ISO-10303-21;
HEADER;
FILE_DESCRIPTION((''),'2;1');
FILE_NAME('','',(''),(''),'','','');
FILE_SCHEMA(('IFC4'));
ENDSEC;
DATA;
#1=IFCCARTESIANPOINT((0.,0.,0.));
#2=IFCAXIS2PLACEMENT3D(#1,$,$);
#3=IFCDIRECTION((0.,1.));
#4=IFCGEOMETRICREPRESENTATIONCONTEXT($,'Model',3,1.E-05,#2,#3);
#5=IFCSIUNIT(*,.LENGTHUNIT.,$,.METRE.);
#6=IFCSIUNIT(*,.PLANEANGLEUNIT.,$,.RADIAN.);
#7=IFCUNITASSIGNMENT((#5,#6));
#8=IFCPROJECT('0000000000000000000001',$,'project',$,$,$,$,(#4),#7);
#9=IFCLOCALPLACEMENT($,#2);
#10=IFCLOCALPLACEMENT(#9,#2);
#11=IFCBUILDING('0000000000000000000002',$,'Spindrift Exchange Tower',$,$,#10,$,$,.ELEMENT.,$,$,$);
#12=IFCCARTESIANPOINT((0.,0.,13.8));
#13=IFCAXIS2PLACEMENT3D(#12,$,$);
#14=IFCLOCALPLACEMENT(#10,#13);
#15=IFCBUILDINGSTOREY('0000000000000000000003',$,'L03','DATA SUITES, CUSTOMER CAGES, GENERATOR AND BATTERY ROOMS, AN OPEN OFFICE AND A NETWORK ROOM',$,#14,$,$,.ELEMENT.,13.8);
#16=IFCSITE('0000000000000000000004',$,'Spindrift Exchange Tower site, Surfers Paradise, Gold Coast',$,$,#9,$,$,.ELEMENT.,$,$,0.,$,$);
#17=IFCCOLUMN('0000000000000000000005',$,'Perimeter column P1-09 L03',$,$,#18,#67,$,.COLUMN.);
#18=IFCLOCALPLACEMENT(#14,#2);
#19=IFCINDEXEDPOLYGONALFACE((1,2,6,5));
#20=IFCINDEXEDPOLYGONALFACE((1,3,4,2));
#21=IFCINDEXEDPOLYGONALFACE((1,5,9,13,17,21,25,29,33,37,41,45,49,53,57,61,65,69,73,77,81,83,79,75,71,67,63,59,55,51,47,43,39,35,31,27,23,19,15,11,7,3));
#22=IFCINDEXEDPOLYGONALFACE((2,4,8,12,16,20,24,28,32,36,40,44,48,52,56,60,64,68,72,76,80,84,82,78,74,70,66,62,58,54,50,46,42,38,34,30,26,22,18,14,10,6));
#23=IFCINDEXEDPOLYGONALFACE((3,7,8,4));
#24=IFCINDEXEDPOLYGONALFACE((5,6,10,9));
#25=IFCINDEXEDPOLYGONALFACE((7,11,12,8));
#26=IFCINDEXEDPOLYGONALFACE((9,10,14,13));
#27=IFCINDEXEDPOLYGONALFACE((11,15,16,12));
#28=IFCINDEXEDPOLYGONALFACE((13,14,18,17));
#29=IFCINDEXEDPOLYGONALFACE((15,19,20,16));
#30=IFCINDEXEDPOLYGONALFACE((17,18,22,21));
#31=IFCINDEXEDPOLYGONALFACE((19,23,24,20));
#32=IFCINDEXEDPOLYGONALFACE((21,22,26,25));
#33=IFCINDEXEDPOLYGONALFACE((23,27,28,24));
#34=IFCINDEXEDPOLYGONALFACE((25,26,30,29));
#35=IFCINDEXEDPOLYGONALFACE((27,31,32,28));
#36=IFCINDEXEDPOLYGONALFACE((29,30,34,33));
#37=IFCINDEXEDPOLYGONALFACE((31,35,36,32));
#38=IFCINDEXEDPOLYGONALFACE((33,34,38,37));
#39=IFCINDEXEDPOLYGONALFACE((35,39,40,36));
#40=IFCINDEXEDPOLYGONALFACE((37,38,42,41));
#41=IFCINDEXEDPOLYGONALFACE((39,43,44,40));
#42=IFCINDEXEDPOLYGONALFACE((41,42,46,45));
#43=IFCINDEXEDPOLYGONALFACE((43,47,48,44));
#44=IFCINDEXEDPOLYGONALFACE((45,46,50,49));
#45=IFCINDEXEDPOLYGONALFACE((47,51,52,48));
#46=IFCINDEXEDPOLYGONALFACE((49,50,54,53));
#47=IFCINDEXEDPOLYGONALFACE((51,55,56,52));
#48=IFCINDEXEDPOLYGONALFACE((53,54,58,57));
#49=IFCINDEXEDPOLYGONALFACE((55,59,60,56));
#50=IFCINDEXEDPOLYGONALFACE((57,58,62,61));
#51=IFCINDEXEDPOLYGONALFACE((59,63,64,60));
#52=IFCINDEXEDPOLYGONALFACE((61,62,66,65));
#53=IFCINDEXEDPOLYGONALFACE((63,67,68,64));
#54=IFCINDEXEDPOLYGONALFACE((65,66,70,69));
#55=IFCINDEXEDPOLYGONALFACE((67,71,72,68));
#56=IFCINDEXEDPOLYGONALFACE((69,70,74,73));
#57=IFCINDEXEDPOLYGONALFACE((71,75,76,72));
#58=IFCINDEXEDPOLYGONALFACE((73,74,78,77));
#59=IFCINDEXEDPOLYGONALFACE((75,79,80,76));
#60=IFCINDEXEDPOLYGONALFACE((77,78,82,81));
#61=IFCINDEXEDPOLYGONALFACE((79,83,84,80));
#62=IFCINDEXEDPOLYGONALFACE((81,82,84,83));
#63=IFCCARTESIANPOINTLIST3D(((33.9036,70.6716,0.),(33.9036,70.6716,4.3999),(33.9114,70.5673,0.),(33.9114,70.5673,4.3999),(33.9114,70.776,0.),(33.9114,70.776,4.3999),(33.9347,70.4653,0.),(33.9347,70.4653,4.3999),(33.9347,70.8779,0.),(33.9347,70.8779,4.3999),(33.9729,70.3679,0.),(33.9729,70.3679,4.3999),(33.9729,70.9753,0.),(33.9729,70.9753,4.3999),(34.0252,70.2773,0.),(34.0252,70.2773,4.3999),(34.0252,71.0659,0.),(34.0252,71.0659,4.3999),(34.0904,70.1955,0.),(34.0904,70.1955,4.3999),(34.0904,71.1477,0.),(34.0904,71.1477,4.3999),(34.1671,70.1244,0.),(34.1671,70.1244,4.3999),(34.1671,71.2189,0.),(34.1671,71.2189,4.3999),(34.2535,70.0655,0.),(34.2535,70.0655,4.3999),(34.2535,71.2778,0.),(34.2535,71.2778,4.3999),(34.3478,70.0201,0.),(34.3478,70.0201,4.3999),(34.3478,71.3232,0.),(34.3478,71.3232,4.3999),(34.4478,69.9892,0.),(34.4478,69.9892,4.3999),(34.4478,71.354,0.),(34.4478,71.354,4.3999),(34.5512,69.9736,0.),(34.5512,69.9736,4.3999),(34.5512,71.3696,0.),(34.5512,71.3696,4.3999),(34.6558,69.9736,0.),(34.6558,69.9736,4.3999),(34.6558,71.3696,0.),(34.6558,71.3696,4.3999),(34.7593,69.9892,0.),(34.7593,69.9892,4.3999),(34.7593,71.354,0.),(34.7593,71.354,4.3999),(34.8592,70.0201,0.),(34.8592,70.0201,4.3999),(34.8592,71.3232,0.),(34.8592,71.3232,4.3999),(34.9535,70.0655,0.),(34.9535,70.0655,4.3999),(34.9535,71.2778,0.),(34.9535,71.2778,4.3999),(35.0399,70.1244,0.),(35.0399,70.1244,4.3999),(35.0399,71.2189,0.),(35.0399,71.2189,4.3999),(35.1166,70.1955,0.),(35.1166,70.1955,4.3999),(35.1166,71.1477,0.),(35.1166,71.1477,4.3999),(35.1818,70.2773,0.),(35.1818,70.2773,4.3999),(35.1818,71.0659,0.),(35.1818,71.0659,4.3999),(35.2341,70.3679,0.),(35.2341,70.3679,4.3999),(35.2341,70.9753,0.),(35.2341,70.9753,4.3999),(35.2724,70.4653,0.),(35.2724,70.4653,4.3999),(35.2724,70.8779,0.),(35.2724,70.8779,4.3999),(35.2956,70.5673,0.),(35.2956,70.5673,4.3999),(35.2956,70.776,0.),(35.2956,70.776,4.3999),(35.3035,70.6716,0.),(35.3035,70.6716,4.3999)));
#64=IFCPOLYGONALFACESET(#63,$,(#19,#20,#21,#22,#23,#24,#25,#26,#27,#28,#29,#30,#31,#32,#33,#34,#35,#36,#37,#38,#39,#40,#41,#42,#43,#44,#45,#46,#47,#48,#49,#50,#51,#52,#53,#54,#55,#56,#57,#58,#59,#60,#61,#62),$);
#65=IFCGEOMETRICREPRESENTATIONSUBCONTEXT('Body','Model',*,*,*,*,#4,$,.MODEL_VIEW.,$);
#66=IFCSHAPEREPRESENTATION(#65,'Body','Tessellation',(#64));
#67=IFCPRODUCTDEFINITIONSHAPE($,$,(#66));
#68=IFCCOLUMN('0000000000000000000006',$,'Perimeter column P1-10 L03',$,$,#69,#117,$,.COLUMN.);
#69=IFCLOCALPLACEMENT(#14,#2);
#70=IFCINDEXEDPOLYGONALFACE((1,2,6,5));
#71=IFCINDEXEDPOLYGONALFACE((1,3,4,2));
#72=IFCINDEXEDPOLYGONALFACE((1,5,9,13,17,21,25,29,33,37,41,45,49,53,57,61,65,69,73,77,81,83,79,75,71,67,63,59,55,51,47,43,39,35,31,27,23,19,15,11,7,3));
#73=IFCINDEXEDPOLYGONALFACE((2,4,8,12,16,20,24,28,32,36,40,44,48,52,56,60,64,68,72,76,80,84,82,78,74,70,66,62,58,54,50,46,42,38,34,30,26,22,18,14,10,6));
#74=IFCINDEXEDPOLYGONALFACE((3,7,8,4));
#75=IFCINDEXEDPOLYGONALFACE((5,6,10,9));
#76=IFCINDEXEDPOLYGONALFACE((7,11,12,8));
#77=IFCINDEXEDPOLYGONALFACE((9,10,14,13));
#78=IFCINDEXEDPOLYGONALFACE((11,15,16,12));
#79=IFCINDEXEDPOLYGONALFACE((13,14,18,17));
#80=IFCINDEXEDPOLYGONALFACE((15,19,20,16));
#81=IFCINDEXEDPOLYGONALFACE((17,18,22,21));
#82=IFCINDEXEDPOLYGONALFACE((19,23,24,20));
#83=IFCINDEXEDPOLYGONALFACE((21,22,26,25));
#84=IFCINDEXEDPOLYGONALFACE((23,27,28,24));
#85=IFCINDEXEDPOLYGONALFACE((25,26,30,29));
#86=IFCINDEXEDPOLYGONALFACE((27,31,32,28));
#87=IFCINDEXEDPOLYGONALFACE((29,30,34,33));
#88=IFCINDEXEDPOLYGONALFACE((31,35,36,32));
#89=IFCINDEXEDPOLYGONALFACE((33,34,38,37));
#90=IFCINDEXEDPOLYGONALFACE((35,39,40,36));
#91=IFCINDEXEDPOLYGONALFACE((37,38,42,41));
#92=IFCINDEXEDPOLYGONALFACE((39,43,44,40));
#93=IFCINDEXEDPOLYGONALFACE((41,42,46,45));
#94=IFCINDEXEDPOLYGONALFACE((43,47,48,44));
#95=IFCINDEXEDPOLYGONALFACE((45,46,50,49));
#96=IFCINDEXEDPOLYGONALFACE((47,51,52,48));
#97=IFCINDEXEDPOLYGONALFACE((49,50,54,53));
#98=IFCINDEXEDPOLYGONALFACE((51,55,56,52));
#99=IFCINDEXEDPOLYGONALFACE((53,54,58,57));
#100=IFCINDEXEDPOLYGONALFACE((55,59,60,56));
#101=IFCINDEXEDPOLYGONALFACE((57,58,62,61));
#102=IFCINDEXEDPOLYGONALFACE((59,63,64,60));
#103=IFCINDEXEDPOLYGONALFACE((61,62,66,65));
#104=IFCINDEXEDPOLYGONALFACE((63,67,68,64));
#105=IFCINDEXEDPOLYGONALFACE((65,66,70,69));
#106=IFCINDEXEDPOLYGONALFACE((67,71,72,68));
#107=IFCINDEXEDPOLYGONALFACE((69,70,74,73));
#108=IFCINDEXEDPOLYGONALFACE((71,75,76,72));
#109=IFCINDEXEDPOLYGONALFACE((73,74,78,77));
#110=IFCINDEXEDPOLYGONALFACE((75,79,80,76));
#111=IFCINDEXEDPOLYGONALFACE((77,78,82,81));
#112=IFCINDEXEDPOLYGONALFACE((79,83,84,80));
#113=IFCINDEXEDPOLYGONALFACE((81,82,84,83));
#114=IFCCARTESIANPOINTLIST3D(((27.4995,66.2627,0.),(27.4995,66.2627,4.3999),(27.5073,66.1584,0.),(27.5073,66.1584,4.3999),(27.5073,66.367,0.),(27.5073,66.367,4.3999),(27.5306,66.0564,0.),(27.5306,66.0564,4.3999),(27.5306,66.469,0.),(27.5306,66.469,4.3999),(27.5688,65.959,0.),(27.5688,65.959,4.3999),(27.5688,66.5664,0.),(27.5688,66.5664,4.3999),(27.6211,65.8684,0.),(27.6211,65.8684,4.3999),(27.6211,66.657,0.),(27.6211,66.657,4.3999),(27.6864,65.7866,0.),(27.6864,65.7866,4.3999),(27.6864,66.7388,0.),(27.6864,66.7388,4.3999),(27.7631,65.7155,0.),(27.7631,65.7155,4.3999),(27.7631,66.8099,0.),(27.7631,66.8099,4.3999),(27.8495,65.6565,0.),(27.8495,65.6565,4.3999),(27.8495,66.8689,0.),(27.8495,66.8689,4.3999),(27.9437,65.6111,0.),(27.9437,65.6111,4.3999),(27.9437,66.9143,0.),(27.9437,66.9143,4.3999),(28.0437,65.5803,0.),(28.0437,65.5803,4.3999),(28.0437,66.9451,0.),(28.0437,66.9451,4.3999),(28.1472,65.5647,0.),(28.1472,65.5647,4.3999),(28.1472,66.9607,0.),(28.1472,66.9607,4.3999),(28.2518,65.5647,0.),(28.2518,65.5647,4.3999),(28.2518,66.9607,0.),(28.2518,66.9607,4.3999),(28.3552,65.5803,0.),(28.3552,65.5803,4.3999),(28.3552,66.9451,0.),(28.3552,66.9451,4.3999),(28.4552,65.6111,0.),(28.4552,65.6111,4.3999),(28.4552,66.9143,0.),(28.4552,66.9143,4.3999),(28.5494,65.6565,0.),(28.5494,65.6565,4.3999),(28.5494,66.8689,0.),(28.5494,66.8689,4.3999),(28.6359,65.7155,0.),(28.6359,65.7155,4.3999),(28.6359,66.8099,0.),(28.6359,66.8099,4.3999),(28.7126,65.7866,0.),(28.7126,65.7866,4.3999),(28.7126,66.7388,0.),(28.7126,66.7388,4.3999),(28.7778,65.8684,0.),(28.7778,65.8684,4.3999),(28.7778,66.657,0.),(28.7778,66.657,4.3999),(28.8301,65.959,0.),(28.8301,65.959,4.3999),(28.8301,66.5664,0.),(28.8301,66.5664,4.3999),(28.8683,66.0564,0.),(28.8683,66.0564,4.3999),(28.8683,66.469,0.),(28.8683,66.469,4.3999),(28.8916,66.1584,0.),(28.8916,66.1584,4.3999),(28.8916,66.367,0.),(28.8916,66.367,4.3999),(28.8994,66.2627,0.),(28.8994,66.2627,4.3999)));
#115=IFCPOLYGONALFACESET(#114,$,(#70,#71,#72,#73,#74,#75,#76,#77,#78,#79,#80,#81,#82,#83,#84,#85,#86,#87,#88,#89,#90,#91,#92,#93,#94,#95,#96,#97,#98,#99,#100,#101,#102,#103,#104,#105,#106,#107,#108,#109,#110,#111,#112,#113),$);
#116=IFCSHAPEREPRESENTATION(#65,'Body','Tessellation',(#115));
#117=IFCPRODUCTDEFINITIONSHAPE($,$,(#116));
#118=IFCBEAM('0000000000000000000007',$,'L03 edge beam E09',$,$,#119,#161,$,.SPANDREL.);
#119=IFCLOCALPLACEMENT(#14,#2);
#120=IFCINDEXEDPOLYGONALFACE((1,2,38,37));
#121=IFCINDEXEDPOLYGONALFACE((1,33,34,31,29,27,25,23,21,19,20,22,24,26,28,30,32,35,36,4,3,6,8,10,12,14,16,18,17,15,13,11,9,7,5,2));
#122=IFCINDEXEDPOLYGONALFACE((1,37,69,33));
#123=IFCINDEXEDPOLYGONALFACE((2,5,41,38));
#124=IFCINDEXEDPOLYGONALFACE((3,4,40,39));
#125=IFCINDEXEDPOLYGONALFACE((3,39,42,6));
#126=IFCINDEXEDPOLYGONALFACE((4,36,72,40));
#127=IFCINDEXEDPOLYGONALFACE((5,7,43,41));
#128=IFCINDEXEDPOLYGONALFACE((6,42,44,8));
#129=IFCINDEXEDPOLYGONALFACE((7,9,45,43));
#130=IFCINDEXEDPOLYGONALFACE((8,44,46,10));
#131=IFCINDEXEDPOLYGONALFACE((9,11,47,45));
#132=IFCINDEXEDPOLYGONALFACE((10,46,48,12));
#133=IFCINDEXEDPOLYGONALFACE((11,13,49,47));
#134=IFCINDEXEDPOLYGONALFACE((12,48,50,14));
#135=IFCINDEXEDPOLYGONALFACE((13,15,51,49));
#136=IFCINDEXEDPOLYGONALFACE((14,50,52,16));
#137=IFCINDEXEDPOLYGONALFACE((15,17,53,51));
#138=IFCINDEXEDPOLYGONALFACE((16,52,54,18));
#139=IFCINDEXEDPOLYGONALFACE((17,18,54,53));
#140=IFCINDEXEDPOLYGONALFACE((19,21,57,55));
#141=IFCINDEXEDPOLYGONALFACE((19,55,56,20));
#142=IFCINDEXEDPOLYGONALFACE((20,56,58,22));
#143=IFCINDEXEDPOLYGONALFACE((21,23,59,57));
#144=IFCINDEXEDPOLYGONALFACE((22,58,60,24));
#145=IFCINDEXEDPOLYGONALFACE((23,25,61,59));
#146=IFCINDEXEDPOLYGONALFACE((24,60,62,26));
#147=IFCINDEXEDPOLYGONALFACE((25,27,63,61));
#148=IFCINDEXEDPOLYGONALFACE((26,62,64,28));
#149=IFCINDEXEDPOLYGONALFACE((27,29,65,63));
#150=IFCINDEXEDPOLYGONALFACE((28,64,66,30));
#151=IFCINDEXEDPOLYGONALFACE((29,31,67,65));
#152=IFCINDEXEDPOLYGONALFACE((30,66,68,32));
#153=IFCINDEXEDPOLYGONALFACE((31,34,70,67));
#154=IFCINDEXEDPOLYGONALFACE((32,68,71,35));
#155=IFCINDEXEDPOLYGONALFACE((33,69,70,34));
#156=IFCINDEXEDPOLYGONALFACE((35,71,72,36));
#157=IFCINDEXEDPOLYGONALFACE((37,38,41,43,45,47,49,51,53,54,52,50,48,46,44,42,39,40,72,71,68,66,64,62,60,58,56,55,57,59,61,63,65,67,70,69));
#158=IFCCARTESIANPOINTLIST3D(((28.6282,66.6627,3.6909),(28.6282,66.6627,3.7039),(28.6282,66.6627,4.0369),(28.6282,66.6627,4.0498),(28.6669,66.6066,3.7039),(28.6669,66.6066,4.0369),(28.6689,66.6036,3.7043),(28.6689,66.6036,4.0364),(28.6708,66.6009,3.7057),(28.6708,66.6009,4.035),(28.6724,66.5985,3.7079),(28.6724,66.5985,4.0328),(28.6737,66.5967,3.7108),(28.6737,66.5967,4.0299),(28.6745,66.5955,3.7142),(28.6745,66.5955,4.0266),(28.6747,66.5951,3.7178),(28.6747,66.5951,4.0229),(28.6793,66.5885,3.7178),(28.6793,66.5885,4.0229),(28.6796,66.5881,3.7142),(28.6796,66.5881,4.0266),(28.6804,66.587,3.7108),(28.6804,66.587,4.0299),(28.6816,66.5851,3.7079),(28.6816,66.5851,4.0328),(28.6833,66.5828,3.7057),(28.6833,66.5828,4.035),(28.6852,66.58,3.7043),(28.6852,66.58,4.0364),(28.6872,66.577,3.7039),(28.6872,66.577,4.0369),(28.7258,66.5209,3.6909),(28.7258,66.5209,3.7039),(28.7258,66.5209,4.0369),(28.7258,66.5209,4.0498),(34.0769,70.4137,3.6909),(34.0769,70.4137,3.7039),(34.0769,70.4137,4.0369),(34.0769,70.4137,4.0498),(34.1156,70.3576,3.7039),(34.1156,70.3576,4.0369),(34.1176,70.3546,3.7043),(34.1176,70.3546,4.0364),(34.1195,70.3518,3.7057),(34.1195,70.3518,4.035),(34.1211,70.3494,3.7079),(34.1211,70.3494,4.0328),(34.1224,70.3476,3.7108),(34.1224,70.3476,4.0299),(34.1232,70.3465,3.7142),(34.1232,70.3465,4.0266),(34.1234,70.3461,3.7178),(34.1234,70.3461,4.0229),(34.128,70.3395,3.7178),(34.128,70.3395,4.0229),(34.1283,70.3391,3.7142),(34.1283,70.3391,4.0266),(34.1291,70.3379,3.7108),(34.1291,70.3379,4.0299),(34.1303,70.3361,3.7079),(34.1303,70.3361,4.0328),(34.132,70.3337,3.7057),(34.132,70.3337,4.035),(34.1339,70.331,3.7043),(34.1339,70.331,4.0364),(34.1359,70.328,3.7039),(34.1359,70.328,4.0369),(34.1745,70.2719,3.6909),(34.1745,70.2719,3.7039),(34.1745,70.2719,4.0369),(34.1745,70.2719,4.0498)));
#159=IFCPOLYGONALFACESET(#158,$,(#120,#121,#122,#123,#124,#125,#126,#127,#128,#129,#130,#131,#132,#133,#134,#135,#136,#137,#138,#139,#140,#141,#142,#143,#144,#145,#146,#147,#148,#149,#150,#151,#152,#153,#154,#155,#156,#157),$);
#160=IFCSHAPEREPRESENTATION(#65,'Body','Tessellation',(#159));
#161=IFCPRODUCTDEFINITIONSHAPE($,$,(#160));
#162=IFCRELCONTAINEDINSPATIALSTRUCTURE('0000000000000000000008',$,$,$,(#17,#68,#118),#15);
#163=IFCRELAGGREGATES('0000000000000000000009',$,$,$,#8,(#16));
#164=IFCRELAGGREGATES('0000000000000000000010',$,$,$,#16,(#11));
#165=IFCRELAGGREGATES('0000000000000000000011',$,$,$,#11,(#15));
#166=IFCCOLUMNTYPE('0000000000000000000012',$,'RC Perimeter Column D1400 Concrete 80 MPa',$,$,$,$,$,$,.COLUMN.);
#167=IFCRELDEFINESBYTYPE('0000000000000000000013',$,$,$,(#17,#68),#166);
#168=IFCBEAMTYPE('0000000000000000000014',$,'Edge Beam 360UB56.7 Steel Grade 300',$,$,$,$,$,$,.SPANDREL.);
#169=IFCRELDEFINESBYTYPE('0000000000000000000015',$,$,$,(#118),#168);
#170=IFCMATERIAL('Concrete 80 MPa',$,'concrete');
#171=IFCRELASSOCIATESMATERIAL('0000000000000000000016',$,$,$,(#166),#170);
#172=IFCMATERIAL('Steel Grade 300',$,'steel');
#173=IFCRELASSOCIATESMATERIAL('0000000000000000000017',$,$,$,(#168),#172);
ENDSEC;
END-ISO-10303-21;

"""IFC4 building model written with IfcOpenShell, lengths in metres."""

from ifc_helpers import new_model, si_unit, direction, frame, origin, origin_2d, place, context, subcontext, project, spatial, circle, i_section, extrude, source, transform, mapped, material, material_profile, profile_set, type_object, element, save


model = new_model("IFC4")

# Units and contexts
model_context = context("Model", 3, precision=1e-05, world=origin(), true_north=direction((0.0, 1.0)))
body_context = subcontext(model_context, "Body", "Model", "MODEL_VIEW")
ifc_project = project(units=[si_unit("LENGTHUNIT", "METRE"), si_unit("PLANEANGLEUNIT", "RADIAN")], contexts=[model_context])

# Site, building, storey
site_placement = place(None, origin())
site = spatial("IfcSite", under=ifc_project, at=site_placement, Name="Spindrift Exchange Tower site, Surfers Paradise, Gold Coast", CompositionType="ELEMENT", RefElevation=0.0)
building_placement = place(site_placement, origin())
building = spatial("IfcBuilding", under=site, at=building_placement, Name="Spindrift Exchange Tower", CompositionType="ELEMENT")
storey_placement = place(building_placement, frame((0.0, 0.0, 13.8)))
storey = spatial("IfcBuildingStorey", under=building, at=storey_placement, Name="L03", Description="DATA SUITES, CUSTOMER CAGES, GENERATOR AND BATTERY ROOMS, AN OPEN OFFICE AND A NETWORK ROOM", CompositionType="ELEMENT", Elevation=13.8)

# Columns
ifc_material_1 = material(Name="Concrete 80 MPa", Category="concrete")
ifc_material_profile_1 = material_profile(ifc_material_1, circle(Radius=0.7, at=origin_2d()), Name="RC D1400")
ifc_profile_set_1 = profile_set([ifc_material_profile_1], Name="Concrete 80 MPa")
column_type = type_object("IfcColumnType", Name="RC Perimeter Column D1400 Concrete 80 MPa", PredefinedType="COLUMN", material=ifc_profile_set_1)
shared_shape_1 = source(origin(), body_context, "Body", "SweptSolid", [
    extrude(circle(Radius=0.7, at=origin_2d()), origin(), (0.0, 0.0, 1.0), 4.3999),
])
for number, where, z_axis, x_axis, name in (
    (1, (34.6035, 70.6716, 0.0), (0.0, 0.0, 1.0), (1.0, 0.0, 0.0), "Perimeter column P1-09 L03"),
    (2, (28.1995, 66.2627, 0.0), (0.0, 0.0, 1.0), (1.0, 0.0, 0.0), "Perimeter column P1-10 L03"),
):
    element("IfcColumn", number, at=place(storey_placement, frame(where, z_axis=z_axis, x_axis=x_axis)), inside=storey, type_object=column_type, Name=name, PredefinedType="COLUMN", context=body_context, shape_type="MappedRepresentation", body=[
        mapped(shared_shape_1, transform((0.0, 0.0, 0.0), scale=1.0)),
    ])

# Beam
ifc_material_2 = material(Name="Steel Grade 300", Category="steel")
ifc_material_profile_2 = material_profile(ifc_material_2, i_section(OverallWidth=0.1721, OverallDepth=0.3589, WebThickness=0.0081, FlangeThickness=0.0129, FilletRadius=0.0139, at=origin_2d()), Name="360UB56.7")
ifc_profile_set_2 = profile_set([ifc_material_profile_2], Name="Steel Grade 300")
beam_type_1 = type_object("IfcBeamType", Name="Edge Beam 360UB56.7 Steel Grade 300", PredefinedType="SPANDREL", material=ifc_profile_set_2)
shared_shape_2 = source(origin(), body_context, "Body", "SweptSolid", [
    extrude(i_section(OverallWidth=0.1721, OverallDepth=0.3589, WebThickness=0.0081, FlangeThickness=0.0129, FilletRadius=0.0139, at=origin_2d()), origin(), (0.0, 0.0, 1.0), 6.615),
])
beam_1_placement = place(storey_placement, frame((34.1257, 70.3428, 3.8704), z_axis=(-0.823691, -0.567039, 0.0), x_axis=(0.567039, -0.823691, 0.0)))
element("IfcBeam", 3, at=beam_1_placement, inside=storey, type_object=beam_type_1, Name="L03 edge beam E09", PredefinedType="SPANDREL", context=body_context, shape_type="MappedRepresentation", body=[
    mapped(shared_shape_2, transform((0.0, 0.0, 0.0), scale=1.0)),
])

save(model, "model.ifc")
